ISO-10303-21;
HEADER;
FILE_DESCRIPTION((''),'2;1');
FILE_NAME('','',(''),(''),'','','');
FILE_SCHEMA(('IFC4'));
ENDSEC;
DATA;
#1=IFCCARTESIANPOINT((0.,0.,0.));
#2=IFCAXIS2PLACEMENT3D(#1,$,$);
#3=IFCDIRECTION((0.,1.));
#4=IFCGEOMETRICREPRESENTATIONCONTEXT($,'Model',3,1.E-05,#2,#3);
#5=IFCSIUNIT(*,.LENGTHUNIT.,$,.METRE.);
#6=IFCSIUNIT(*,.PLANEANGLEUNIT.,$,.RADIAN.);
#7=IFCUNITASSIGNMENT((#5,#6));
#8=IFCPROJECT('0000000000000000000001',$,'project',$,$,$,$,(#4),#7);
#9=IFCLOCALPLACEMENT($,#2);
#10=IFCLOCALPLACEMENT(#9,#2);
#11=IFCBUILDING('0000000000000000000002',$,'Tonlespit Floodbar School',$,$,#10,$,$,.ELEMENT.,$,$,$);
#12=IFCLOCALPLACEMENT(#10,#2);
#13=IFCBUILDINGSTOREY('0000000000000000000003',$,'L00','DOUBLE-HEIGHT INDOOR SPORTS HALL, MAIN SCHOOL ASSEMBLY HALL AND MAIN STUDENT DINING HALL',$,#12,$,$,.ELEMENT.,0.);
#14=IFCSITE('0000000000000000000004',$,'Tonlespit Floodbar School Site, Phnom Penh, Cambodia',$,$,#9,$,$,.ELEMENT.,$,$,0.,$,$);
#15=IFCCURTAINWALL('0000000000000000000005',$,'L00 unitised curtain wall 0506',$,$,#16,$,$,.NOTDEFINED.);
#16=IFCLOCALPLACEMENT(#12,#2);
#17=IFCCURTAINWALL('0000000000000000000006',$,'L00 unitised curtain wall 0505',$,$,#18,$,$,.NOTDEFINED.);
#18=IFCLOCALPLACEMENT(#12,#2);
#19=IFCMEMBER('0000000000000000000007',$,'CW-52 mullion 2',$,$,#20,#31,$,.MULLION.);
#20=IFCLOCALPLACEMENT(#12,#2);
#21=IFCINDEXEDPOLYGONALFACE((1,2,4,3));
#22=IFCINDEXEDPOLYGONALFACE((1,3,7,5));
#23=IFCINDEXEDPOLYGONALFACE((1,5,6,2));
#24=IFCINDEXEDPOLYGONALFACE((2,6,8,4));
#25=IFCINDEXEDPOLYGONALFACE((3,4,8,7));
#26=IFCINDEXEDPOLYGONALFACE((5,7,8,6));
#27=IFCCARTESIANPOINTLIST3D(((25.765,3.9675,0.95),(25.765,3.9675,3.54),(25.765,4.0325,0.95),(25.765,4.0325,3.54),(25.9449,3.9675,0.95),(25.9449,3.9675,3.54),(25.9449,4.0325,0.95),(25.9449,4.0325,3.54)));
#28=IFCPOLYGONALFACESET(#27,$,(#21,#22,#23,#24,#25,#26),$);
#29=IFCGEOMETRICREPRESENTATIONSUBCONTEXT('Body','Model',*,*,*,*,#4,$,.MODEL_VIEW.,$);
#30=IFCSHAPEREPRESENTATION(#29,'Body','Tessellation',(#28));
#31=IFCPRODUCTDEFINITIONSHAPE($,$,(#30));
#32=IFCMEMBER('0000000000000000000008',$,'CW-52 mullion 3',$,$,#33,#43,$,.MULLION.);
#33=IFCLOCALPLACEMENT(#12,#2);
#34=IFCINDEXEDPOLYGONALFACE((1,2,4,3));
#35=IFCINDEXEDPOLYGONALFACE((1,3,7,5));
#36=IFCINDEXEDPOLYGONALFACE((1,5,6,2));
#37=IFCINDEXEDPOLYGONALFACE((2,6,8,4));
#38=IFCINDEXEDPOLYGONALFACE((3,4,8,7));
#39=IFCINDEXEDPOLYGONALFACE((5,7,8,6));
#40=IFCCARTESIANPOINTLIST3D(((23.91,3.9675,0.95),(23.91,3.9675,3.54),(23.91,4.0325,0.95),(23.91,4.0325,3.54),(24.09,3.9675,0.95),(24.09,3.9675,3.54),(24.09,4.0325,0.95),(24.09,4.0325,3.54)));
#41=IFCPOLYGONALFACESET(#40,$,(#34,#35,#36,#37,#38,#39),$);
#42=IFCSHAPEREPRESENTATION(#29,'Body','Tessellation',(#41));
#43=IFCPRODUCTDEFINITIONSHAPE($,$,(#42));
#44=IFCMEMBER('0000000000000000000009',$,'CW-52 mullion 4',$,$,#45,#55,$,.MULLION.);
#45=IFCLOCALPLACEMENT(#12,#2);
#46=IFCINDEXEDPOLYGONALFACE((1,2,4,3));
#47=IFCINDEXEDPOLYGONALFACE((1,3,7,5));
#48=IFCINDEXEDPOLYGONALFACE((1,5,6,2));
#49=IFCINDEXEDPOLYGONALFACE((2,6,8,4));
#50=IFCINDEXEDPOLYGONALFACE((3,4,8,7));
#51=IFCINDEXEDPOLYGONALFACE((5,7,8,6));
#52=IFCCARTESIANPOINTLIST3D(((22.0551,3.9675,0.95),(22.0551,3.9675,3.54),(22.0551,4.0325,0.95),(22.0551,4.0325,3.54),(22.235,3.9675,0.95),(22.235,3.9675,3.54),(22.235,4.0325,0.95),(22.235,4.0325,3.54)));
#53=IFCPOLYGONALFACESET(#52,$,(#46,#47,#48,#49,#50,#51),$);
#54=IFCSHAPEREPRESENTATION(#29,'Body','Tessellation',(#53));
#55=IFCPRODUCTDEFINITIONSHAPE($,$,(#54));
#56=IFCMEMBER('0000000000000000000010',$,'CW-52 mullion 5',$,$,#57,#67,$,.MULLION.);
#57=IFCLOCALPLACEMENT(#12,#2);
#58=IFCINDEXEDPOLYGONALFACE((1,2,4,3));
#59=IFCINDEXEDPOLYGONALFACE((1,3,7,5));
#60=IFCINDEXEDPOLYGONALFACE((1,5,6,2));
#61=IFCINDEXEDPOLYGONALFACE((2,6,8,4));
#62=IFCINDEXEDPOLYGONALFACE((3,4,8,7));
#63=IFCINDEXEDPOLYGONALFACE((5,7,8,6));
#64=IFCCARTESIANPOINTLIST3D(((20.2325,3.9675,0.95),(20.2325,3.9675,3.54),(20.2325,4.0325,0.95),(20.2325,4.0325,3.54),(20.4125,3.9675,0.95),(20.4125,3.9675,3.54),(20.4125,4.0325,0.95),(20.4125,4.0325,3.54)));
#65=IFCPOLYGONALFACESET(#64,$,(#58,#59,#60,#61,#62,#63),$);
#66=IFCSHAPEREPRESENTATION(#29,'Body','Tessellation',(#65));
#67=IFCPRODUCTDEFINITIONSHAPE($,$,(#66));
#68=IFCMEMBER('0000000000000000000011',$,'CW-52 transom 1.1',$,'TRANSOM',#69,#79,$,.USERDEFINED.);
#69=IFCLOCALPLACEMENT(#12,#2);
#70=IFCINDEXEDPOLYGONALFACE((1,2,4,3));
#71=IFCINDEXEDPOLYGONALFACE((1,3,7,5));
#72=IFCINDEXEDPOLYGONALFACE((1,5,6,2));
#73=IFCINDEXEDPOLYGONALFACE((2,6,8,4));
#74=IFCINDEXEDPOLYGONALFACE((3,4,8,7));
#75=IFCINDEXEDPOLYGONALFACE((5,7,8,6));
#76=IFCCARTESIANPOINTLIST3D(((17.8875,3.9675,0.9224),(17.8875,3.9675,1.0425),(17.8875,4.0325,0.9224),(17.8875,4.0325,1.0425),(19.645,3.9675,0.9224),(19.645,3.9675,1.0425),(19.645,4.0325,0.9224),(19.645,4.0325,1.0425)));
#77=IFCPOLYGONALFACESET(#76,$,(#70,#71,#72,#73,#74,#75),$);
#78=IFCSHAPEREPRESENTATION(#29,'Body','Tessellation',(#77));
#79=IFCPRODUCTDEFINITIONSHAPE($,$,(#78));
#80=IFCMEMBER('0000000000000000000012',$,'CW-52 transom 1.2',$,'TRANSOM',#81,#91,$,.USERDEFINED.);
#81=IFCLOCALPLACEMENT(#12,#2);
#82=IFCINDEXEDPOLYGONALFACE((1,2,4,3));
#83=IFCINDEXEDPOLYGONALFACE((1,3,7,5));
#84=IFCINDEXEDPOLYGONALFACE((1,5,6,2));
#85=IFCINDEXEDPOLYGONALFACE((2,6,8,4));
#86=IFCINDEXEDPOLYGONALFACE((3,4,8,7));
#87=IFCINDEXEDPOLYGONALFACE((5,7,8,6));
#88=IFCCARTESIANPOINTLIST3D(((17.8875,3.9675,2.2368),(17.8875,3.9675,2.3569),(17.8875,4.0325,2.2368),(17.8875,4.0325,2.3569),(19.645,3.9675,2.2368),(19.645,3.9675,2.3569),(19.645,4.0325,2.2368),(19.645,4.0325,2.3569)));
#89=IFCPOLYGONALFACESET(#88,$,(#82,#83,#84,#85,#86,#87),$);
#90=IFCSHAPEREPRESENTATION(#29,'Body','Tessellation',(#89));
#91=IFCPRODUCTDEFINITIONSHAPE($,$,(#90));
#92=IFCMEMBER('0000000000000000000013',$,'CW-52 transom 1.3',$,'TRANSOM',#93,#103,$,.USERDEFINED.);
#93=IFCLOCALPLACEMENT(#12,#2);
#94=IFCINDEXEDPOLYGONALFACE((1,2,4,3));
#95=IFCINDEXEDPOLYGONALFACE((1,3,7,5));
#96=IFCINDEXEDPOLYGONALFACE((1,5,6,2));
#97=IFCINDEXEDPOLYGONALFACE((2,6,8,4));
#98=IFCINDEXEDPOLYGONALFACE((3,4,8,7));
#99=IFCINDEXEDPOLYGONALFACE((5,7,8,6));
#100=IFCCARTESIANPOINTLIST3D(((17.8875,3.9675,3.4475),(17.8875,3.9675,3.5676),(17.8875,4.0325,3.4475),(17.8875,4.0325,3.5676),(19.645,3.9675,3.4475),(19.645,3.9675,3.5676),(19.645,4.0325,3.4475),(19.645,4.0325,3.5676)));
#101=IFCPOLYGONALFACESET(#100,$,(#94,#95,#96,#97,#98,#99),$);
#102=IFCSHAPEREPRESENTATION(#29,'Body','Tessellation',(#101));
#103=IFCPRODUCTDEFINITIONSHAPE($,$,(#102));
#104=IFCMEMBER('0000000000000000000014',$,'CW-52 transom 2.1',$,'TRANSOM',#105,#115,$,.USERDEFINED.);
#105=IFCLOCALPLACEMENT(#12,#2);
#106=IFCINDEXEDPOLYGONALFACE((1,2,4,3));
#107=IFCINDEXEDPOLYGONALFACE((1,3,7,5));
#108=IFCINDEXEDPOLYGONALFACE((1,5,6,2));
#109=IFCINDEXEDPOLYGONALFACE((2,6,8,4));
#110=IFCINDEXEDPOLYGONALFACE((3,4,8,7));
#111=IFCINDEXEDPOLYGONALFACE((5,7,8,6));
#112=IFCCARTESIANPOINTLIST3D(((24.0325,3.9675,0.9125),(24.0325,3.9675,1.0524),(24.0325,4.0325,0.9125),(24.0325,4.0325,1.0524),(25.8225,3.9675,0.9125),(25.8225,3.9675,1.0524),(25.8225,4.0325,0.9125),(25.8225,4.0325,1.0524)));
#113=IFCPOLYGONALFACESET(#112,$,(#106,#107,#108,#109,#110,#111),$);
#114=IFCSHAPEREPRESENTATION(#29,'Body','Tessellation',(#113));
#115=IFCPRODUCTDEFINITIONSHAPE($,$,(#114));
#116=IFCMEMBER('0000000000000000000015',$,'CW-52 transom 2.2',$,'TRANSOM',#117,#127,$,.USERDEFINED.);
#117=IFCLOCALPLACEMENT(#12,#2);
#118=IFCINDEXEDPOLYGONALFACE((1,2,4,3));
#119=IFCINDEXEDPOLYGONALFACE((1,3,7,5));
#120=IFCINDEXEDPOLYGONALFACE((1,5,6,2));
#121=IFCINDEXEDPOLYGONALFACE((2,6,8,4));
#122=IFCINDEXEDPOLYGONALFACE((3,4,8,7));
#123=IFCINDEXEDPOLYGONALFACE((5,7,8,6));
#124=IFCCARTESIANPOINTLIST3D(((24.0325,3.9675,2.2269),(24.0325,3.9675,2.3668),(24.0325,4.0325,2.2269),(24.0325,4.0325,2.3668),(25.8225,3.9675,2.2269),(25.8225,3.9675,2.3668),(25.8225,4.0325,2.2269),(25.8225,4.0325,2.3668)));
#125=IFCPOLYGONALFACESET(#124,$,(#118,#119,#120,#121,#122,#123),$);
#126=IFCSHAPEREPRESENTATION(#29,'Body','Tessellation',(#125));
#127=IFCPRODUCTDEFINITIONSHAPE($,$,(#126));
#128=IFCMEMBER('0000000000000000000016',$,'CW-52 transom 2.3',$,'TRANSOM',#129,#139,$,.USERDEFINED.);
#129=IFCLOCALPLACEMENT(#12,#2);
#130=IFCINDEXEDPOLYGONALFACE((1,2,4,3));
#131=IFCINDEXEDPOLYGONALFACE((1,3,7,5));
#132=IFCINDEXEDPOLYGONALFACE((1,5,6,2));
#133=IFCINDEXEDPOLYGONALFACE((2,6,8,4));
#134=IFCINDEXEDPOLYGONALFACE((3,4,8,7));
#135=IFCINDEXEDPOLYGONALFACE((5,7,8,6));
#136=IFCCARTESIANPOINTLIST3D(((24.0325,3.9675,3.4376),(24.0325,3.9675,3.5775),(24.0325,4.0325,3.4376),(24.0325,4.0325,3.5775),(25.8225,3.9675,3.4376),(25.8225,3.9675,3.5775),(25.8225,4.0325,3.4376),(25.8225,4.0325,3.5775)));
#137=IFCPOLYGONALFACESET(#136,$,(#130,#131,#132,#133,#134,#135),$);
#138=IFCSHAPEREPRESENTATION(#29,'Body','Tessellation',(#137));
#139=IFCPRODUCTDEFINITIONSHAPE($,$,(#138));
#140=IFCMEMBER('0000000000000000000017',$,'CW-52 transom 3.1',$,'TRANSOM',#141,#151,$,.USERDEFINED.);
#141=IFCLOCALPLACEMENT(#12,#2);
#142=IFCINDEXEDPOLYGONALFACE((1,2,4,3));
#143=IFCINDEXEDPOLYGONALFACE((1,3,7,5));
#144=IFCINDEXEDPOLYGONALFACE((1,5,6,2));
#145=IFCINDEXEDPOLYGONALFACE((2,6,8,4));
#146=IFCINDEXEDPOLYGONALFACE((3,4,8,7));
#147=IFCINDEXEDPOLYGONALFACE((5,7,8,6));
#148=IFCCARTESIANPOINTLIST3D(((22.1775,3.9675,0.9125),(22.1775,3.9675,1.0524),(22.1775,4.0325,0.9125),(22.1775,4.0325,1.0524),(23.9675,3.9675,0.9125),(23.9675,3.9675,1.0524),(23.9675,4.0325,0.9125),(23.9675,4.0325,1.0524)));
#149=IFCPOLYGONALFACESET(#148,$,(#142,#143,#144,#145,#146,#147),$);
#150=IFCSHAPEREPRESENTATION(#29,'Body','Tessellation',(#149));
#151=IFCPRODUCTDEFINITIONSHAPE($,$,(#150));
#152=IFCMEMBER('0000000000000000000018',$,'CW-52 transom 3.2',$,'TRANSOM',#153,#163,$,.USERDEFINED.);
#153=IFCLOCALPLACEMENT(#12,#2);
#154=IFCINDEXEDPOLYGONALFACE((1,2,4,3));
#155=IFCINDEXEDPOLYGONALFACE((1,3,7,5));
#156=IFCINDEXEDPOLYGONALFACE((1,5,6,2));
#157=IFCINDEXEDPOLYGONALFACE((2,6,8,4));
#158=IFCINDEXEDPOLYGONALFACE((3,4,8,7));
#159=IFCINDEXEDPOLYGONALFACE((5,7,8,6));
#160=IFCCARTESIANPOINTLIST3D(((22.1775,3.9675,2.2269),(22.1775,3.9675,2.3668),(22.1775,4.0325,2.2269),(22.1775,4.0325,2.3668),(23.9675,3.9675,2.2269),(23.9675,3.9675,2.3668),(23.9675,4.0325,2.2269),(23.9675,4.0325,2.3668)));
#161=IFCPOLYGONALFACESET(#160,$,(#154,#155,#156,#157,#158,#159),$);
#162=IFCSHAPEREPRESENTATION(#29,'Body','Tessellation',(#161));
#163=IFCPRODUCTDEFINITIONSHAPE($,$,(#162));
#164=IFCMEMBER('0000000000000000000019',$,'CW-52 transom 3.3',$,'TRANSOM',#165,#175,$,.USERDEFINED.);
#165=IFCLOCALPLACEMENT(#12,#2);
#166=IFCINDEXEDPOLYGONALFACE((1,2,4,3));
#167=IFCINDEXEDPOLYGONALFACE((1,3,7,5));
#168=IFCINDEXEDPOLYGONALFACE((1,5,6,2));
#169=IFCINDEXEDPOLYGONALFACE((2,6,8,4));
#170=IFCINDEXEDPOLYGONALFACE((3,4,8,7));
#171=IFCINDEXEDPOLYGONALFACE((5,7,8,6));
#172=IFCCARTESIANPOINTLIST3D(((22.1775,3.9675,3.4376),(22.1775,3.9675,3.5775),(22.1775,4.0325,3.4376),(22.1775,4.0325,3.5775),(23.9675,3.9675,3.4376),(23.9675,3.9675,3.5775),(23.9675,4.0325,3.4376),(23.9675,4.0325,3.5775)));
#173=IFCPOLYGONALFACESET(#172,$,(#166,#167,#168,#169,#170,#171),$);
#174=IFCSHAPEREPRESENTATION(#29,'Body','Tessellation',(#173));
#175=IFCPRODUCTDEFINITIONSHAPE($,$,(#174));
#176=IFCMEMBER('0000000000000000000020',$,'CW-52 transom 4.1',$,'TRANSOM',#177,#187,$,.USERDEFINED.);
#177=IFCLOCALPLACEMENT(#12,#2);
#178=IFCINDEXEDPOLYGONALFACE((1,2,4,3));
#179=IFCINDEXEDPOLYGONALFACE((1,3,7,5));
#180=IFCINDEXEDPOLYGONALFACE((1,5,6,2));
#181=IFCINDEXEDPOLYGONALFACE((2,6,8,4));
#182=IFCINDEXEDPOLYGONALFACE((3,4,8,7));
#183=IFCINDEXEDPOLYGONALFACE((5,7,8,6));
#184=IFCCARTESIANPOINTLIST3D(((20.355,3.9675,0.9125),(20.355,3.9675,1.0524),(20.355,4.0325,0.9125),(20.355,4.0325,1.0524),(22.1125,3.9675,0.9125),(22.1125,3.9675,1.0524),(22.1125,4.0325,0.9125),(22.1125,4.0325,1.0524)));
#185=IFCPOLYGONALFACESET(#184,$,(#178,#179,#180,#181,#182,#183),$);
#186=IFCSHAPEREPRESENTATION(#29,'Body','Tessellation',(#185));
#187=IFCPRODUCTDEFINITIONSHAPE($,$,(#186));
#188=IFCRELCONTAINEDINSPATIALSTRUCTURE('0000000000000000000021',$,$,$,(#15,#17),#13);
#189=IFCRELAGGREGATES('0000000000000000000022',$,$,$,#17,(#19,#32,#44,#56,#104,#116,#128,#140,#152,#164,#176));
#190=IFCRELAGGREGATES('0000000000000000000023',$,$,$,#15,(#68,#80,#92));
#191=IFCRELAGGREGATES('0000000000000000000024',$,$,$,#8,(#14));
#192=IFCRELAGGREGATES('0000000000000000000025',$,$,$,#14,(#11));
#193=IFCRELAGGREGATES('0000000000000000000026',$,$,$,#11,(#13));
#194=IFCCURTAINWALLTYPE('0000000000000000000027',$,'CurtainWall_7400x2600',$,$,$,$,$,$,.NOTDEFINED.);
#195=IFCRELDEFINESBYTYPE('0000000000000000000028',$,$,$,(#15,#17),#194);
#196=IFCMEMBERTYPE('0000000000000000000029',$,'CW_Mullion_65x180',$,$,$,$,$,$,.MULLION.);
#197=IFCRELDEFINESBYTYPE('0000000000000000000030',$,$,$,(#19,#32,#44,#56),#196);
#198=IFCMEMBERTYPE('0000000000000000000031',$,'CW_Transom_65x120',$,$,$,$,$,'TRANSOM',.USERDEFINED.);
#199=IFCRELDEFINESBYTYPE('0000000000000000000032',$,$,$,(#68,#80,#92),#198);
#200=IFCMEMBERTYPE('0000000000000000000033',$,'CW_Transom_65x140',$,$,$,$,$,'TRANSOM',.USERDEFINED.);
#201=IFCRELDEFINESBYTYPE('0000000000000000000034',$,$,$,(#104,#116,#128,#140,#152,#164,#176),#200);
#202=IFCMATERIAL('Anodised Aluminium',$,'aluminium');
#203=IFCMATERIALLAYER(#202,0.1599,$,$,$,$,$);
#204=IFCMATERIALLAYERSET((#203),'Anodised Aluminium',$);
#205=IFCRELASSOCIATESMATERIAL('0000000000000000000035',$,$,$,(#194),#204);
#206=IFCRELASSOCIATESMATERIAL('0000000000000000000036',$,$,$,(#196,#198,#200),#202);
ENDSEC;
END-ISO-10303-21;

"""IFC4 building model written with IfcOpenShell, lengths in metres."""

from ifc_helpers import new_model, si_unit, direction, frame, origin, origin_2d, place, context, subcontext, project, spatial, rectangle, extrude, material, layer, layer_set, material_profile, profile_set, type_object, element, aggregate, save


model = new_model("IFC4")

# Units and contexts
model_context = context("Model", 3, precision=1e-05, world=origin(), true_north=direction((0.0, 1.0)))
body_context = subcontext(model_context, "Body", "Model", "MODEL_VIEW")
ifc_project = project(units=[si_unit("LENGTHUNIT", "METRE"), si_unit("PLANEANGLEUNIT", "RADIAN")], contexts=[model_context])

# Site, building, storey
site_placement = place(None, origin())
site = spatial("IfcSite", under=ifc_project, at=site_placement, Name="Tonlespit Floodbar School Site, Phnom Penh, Cambodia", CompositionType="ELEMENT", RefElevation=0.0)
building_placement = place(site_placement, origin())
building = spatial("IfcBuilding", under=site, at=building_placement, Name="Tonlespit Floodbar School", CompositionType="ELEMENT")
storey_placement = place(building_placement, origin())
storey = spatial("IfcBuildingStorey", under=building, at=storey_placement, Name="L00", Description="DOUBLE-HEIGHT INDOOR SPORTS HALL, MAIN SCHOOL ASSEMBLY HALL AND MAIN STUDENT DINING HALL", CompositionType="ELEMENT", Elevation=0.0)

# Curtain wall
ifc_material_1 = material(Name="Anodised Aluminium", Category="aluminium")
ifc_layer_1 = layer(ifc_material_1, 0.1599)
ifc_layer_set_1 = layer_set([ifc_layer_1], Name="Anodised Aluminium")
curtain_wall_type = type_object("IfcCurtainWallType", Name="CurtainWall_7400x2600", PredefinedType="NOTDEFINED", material=ifc_layer_set_1)
curtain_wall_1_placement = place(storey_placement, origin())
curtain_wall_1 = element("IfcCurtainWall", 1, at=curtain_wall_1_placement, inside=storey, type_object=curtain_wall_type, Name="L00 unitised curtain wall 0506", PredefinedType="NOTDEFINED")

# Curtain wall, members
curtain_wall_2_placement = place(storey_placement, origin())
curtain_wall_2 = element("IfcCurtainWall", 2, at=curtain_wall_2_placement, inside=storey, type_object=curtain_wall_type, Name="L00 unitised curtain wall 0505", PredefinedType="NOTDEFINED")
ifc_material_profile_1 = material_profile(ifc_material_1, rectangle(XDim=0.0649, YDim=0.1799, at=origin_2d()), Name="ALU M65x180")
ifc_profile_set_1 = profile_set([ifc_material_profile_1], Name="Anodised Aluminium")
member_type_1 = type_object("IfcMemberType", Name="CW_Mullion_65x180", PredefinedType="MULLION", material=ifc_profile_set_1)
member_1_placement = place(storey_placement, frame((25.855, 4.0, 0.95), z_axis=(0.0, 0.0, 1.0), x_axis=(0.0, -1.0, 0.0)))
member_1 = element("IfcMember", 3, at=member_1_placement, type_object=member_type_1, Name="CW-52 mullion 2", PredefinedType="MULLION", context=body_context, shape_type="SweptSolid", body=[
    extrude(rectangle(XDim=0.0649, YDim=0.1799, at=origin_2d()), origin(), (0.0, 0.0, 1.0), 2.5901),
])
member_2_placement = place(storey_placement, frame((24.0, 4.0, 0.95), z_axis=(0.0, 0.0, 1.0), x_axis=(0.0, -1.0, 0.0)))
member_2 = element("IfcMember", 4, at=member_2_placement, type_object=member_type_1, Name="CW-52 mullion 3", PredefinedType="MULLION", context=body_context, shape_type="SweptSolid", body=[
    extrude(rectangle(XDim=0.0649, YDim=0.1799, at=origin_2d()), origin(), (0.0, 0.0, 1.0), 2.5901),
])
member_3_placement = place(storey_placement, frame((22.145, 4.0, 0.95), z_axis=(0.0, 0.0, 1.0), x_axis=(0.0, -1.0, 0.0)))
member_3 = element("IfcMember", 5, at=member_3_placement, type_object=member_type_1, Name="CW-52 mullion 4", PredefinedType="MULLION", context=body_context, shape_type="SweptSolid", body=[
    extrude(rectangle(XDim=0.0649, YDim=0.1799, at=origin_2d()), origin(), (0.0, 0.0, 1.0), 2.5901),
])
member_4_placement = place(storey_placement, frame((20.3225, 4.0, 0.95), z_axis=(0.0, 0.0, 1.0), x_axis=(0.0, -1.0, 0.0)))
member_4 = element("IfcMember", 6, at=member_4_placement, type_object=member_type_1, Name="CW-52 mullion 5", PredefinedType="MULLION", context=body_context, shape_type="SweptSolid", body=[
    extrude(rectangle(XDim=0.0649, YDim=0.1799, at=origin_2d()), origin(), (0.0, 0.0, 1.0), 2.5901),
])

# Members
ifc_material_profile_2 = material_profile(ifc_material_1, rectangle(XDim=0.0649, YDim=0.1201, at=origin_2d()), Name="ALU T65x120")
ifc_profile_set_2 = profile_set([ifc_material_profile_2], Name="Anodised Aluminium")
member_type_2 = type_object("IfcMemberType", Name="CW_Transom_65x120", ElementType="TRANSOM", PredefinedType="USERDEFINED", material=ifc_profile_set_2)
member_5_placement = place(storey_placement, frame((19.645, 4.0, 0.9824), z_axis=(-1.0, 0.0, 0.0), x_axis=(0.0, -1.0, 0.0)))
member_5 = element("IfcMember", 7, at=member_5_placement, type_object=member_type_2, Name="CW-52 transom 1.1", ObjectType="TRANSOM", PredefinedType="USERDEFINED", context=body_context, shape_type="SweptSolid", body=[
    extrude(rectangle(XDim=0.0649, YDim=0.1201, at=origin_2d()), origin(), (0.0, 0.0, 1.0), 1.7576),
])
member_6_placement = place(storey_placement, frame((19.645, 4.0, 2.2969), z_axis=(-1.0, 0.0, 0.0), x_axis=(0.0, -1.0, 0.0)))
member_6 = element("IfcMember", 8, at=member_6_placement, type_object=member_type_2, Name="CW-52 transom 1.2", ObjectType="TRANSOM", PredefinedType="USERDEFINED", context=body_context, shape_type="SweptSolid", body=[
    extrude(rectangle(XDim=0.0649, YDim=0.1201, at=origin_2d()), origin(), (0.0, 0.0, 1.0), 1.7576),
])
member_7_placement = place(storey_placement, frame((19.645, 4.0, 3.5076), z_axis=(-1.0, 0.0, 0.0), x_axis=(0.0, -1.0, 0.0)))
member_7 = element("IfcMember", 9, at=member_7_placement, type_object=member_type_2, Name="CW-52 transom 1.3", ObjectType="TRANSOM", PredefinedType="USERDEFINED", context=body_context, shape_type="SweptSolid", body=[
    extrude(rectangle(XDim=0.0649, YDim=0.1201, at=origin_2d()), origin(), (0.0, 0.0, 1.0), 1.7576),
])
ifc_material_profile_3 = material_profile(ifc_material_1, rectangle(XDim=0.0649, YDim=0.1399, at=origin_2d()), Name="ALU T65x140")
ifc_profile_set_3 = profile_set([ifc_material_profile_3], Name="Anodised Aluminium")
member_type_3 = type_object("IfcMemberType", Name="CW_Transom_65x140", ElementType="TRANSOM", PredefinedType="USERDEFINED", material=ifc_profile_set_3)
member_8_placement = place(storey_placement, frame((25.8225, 4.0, 0.9824), z_axis=(-1.0, 0.0, 0.0), x_axis=(0.0, -1.0, 0.0)))
member_8 = element("IfcMember", 10, at=member_8_placement, type_object=member_type_3, Name="CW-52 transom 2.1", ObjectType="TRANSOM", PredefinedType="USERDEFINED", context=body_context, shape_type="SweptSolid", body=[
    extrude(rectangle(XDim=0.0649, YDim=0.1399, at=origin_2d()), origin(), (0.0, 0.0, 1.0), 1.79),
])
member_9_placement = place(storey_placement, frame((25.8225, 4.0, 2.2969), z_axis=(-1.0, 0.0, 0.0), x_axis=(0.0, -1.0, 0.0)))
member_9 = element("IfcMember", 11, at=member_9_placement, type_object=member_type_3, Name="CW-52 transom 2.2", ObjectType="TRANSOM", PredefinedType="USERDEFINED", context=body_context, shape_type="SweptSolid", body=[
    extrude(rectangle(XDim=0.0649, YDim=0.1399, at=origin_2d()), origin(), (0.0, 0.0, 1.0), 1.79),
])
member_10_placement = place(storey_placement, frame((25.8225, 4.0, 3.5076), z_axis=(-1.0, 0.0, 0.0), x_axis=(0.0, -1.0, 0.0)))
member_10 = element("IfcMember", 12, at=member_10_placement, type_object=member_type_3, Name="CW-52 transom 2.3", ObjectType="TRANSOM", PredefinedType="USERDEFINED", context=body_context, shape_type="SweptSolid", body=[
    extrude(rectangle(XDim=0.0649, YDim=0.1399, at=origin_2d()), origin(), (0.0, 0.0, 1.0), 1.79),
])
member_11_placement = place(storey_placement, frame((23.9675, 4.0, 0.9824), z_axis=(-1.0, 0.0, 0.0), x_axis=(0.0, -1.0, 0.0)))
member_11 = element("IfcMember", 13, at=member_11_placement, type_object=member_type_3, Name="CW-52 transom 3.1", ObjectType="TRANSOM", PredefinedType="USERDEFINED", context=body_context, shape_type="SweptSolid", body=[
    extrude(rectangle(XDim=0.0649, YDim=0.1399, at=origin_2d()), origin(), (0.0, 0.0, 1.0), 1.79),
])
member_12_placement = place(storey_placement, frame((23.9675, 4.0, 2.2969), z_axis=(-1.0, 0.0, 0.0), x_axis=(0.0, -1.0, 0.0)))
member_12 = element("IfcMember", 14, at=member_12_placement, type_object=member_type_3, Name="CW-52 transom 3.2", ObjectType="TRANSOM", PredefinedType="USERDEFINED", context=body_context, shape_type="SweptSolid", body=[
    extrude(rectangle(XDim=0.0649, YDim=0.1399, at=origin_2d()), origin(), (0.0, 0.0, 1.0), 1.79),
])
member_13_placement = place(storey_placement, frame((23.9675, 4.0, 3.5076), z_axis=(-1.0, 0.0, 0.0), x_axis=(0.0, -1.0, 0.0)))
member_13 = element("IfcMember", 15, at=member_13_placement, type_object=member_type_3, Name="CW-52 transom 3.3", ObjectType="TRANSOM", PredefinedType="USERDEFINED", context=body_context, shape_type="SweptSolid", body=[
    extrude(rectangle(XDim=0.0649, YDim=0.1399, at=origin_2d()), origin(), (0.0, 0.0, 1.0), 1.79),
])
member_14_placement = place(storey_placement, frame((22.1125, 4.0, 0.9824), z_axis=(-1.0, 0.0, 0.0), x_axis=(0.0, -1.0, 0.0)))
member_14 = element("IfcMember", 16, at=member_14_placement, type_object=member_type_3, Name="CW-52 transom 4.1", ObjectType="TRANSOM", PredefinedType="USERDEFINED", context=body_context, shape_type="SweptSolid", body=[
    extrude(rectangle(XDim=0.0649, YDim=0.1399, at=origin_2d()), origin(), (0.0, 0.0, 1.0), 1.7576),
])

aggregate(curtain_wall_2, [member_1, member_2, member_3, member_4, member_8, member_9, member_10, member_11, member_12, member_13, member_14])
aggregate(curtain_wall_1, [member_5, member_6, member_7])

save(model, "model.ifc")
